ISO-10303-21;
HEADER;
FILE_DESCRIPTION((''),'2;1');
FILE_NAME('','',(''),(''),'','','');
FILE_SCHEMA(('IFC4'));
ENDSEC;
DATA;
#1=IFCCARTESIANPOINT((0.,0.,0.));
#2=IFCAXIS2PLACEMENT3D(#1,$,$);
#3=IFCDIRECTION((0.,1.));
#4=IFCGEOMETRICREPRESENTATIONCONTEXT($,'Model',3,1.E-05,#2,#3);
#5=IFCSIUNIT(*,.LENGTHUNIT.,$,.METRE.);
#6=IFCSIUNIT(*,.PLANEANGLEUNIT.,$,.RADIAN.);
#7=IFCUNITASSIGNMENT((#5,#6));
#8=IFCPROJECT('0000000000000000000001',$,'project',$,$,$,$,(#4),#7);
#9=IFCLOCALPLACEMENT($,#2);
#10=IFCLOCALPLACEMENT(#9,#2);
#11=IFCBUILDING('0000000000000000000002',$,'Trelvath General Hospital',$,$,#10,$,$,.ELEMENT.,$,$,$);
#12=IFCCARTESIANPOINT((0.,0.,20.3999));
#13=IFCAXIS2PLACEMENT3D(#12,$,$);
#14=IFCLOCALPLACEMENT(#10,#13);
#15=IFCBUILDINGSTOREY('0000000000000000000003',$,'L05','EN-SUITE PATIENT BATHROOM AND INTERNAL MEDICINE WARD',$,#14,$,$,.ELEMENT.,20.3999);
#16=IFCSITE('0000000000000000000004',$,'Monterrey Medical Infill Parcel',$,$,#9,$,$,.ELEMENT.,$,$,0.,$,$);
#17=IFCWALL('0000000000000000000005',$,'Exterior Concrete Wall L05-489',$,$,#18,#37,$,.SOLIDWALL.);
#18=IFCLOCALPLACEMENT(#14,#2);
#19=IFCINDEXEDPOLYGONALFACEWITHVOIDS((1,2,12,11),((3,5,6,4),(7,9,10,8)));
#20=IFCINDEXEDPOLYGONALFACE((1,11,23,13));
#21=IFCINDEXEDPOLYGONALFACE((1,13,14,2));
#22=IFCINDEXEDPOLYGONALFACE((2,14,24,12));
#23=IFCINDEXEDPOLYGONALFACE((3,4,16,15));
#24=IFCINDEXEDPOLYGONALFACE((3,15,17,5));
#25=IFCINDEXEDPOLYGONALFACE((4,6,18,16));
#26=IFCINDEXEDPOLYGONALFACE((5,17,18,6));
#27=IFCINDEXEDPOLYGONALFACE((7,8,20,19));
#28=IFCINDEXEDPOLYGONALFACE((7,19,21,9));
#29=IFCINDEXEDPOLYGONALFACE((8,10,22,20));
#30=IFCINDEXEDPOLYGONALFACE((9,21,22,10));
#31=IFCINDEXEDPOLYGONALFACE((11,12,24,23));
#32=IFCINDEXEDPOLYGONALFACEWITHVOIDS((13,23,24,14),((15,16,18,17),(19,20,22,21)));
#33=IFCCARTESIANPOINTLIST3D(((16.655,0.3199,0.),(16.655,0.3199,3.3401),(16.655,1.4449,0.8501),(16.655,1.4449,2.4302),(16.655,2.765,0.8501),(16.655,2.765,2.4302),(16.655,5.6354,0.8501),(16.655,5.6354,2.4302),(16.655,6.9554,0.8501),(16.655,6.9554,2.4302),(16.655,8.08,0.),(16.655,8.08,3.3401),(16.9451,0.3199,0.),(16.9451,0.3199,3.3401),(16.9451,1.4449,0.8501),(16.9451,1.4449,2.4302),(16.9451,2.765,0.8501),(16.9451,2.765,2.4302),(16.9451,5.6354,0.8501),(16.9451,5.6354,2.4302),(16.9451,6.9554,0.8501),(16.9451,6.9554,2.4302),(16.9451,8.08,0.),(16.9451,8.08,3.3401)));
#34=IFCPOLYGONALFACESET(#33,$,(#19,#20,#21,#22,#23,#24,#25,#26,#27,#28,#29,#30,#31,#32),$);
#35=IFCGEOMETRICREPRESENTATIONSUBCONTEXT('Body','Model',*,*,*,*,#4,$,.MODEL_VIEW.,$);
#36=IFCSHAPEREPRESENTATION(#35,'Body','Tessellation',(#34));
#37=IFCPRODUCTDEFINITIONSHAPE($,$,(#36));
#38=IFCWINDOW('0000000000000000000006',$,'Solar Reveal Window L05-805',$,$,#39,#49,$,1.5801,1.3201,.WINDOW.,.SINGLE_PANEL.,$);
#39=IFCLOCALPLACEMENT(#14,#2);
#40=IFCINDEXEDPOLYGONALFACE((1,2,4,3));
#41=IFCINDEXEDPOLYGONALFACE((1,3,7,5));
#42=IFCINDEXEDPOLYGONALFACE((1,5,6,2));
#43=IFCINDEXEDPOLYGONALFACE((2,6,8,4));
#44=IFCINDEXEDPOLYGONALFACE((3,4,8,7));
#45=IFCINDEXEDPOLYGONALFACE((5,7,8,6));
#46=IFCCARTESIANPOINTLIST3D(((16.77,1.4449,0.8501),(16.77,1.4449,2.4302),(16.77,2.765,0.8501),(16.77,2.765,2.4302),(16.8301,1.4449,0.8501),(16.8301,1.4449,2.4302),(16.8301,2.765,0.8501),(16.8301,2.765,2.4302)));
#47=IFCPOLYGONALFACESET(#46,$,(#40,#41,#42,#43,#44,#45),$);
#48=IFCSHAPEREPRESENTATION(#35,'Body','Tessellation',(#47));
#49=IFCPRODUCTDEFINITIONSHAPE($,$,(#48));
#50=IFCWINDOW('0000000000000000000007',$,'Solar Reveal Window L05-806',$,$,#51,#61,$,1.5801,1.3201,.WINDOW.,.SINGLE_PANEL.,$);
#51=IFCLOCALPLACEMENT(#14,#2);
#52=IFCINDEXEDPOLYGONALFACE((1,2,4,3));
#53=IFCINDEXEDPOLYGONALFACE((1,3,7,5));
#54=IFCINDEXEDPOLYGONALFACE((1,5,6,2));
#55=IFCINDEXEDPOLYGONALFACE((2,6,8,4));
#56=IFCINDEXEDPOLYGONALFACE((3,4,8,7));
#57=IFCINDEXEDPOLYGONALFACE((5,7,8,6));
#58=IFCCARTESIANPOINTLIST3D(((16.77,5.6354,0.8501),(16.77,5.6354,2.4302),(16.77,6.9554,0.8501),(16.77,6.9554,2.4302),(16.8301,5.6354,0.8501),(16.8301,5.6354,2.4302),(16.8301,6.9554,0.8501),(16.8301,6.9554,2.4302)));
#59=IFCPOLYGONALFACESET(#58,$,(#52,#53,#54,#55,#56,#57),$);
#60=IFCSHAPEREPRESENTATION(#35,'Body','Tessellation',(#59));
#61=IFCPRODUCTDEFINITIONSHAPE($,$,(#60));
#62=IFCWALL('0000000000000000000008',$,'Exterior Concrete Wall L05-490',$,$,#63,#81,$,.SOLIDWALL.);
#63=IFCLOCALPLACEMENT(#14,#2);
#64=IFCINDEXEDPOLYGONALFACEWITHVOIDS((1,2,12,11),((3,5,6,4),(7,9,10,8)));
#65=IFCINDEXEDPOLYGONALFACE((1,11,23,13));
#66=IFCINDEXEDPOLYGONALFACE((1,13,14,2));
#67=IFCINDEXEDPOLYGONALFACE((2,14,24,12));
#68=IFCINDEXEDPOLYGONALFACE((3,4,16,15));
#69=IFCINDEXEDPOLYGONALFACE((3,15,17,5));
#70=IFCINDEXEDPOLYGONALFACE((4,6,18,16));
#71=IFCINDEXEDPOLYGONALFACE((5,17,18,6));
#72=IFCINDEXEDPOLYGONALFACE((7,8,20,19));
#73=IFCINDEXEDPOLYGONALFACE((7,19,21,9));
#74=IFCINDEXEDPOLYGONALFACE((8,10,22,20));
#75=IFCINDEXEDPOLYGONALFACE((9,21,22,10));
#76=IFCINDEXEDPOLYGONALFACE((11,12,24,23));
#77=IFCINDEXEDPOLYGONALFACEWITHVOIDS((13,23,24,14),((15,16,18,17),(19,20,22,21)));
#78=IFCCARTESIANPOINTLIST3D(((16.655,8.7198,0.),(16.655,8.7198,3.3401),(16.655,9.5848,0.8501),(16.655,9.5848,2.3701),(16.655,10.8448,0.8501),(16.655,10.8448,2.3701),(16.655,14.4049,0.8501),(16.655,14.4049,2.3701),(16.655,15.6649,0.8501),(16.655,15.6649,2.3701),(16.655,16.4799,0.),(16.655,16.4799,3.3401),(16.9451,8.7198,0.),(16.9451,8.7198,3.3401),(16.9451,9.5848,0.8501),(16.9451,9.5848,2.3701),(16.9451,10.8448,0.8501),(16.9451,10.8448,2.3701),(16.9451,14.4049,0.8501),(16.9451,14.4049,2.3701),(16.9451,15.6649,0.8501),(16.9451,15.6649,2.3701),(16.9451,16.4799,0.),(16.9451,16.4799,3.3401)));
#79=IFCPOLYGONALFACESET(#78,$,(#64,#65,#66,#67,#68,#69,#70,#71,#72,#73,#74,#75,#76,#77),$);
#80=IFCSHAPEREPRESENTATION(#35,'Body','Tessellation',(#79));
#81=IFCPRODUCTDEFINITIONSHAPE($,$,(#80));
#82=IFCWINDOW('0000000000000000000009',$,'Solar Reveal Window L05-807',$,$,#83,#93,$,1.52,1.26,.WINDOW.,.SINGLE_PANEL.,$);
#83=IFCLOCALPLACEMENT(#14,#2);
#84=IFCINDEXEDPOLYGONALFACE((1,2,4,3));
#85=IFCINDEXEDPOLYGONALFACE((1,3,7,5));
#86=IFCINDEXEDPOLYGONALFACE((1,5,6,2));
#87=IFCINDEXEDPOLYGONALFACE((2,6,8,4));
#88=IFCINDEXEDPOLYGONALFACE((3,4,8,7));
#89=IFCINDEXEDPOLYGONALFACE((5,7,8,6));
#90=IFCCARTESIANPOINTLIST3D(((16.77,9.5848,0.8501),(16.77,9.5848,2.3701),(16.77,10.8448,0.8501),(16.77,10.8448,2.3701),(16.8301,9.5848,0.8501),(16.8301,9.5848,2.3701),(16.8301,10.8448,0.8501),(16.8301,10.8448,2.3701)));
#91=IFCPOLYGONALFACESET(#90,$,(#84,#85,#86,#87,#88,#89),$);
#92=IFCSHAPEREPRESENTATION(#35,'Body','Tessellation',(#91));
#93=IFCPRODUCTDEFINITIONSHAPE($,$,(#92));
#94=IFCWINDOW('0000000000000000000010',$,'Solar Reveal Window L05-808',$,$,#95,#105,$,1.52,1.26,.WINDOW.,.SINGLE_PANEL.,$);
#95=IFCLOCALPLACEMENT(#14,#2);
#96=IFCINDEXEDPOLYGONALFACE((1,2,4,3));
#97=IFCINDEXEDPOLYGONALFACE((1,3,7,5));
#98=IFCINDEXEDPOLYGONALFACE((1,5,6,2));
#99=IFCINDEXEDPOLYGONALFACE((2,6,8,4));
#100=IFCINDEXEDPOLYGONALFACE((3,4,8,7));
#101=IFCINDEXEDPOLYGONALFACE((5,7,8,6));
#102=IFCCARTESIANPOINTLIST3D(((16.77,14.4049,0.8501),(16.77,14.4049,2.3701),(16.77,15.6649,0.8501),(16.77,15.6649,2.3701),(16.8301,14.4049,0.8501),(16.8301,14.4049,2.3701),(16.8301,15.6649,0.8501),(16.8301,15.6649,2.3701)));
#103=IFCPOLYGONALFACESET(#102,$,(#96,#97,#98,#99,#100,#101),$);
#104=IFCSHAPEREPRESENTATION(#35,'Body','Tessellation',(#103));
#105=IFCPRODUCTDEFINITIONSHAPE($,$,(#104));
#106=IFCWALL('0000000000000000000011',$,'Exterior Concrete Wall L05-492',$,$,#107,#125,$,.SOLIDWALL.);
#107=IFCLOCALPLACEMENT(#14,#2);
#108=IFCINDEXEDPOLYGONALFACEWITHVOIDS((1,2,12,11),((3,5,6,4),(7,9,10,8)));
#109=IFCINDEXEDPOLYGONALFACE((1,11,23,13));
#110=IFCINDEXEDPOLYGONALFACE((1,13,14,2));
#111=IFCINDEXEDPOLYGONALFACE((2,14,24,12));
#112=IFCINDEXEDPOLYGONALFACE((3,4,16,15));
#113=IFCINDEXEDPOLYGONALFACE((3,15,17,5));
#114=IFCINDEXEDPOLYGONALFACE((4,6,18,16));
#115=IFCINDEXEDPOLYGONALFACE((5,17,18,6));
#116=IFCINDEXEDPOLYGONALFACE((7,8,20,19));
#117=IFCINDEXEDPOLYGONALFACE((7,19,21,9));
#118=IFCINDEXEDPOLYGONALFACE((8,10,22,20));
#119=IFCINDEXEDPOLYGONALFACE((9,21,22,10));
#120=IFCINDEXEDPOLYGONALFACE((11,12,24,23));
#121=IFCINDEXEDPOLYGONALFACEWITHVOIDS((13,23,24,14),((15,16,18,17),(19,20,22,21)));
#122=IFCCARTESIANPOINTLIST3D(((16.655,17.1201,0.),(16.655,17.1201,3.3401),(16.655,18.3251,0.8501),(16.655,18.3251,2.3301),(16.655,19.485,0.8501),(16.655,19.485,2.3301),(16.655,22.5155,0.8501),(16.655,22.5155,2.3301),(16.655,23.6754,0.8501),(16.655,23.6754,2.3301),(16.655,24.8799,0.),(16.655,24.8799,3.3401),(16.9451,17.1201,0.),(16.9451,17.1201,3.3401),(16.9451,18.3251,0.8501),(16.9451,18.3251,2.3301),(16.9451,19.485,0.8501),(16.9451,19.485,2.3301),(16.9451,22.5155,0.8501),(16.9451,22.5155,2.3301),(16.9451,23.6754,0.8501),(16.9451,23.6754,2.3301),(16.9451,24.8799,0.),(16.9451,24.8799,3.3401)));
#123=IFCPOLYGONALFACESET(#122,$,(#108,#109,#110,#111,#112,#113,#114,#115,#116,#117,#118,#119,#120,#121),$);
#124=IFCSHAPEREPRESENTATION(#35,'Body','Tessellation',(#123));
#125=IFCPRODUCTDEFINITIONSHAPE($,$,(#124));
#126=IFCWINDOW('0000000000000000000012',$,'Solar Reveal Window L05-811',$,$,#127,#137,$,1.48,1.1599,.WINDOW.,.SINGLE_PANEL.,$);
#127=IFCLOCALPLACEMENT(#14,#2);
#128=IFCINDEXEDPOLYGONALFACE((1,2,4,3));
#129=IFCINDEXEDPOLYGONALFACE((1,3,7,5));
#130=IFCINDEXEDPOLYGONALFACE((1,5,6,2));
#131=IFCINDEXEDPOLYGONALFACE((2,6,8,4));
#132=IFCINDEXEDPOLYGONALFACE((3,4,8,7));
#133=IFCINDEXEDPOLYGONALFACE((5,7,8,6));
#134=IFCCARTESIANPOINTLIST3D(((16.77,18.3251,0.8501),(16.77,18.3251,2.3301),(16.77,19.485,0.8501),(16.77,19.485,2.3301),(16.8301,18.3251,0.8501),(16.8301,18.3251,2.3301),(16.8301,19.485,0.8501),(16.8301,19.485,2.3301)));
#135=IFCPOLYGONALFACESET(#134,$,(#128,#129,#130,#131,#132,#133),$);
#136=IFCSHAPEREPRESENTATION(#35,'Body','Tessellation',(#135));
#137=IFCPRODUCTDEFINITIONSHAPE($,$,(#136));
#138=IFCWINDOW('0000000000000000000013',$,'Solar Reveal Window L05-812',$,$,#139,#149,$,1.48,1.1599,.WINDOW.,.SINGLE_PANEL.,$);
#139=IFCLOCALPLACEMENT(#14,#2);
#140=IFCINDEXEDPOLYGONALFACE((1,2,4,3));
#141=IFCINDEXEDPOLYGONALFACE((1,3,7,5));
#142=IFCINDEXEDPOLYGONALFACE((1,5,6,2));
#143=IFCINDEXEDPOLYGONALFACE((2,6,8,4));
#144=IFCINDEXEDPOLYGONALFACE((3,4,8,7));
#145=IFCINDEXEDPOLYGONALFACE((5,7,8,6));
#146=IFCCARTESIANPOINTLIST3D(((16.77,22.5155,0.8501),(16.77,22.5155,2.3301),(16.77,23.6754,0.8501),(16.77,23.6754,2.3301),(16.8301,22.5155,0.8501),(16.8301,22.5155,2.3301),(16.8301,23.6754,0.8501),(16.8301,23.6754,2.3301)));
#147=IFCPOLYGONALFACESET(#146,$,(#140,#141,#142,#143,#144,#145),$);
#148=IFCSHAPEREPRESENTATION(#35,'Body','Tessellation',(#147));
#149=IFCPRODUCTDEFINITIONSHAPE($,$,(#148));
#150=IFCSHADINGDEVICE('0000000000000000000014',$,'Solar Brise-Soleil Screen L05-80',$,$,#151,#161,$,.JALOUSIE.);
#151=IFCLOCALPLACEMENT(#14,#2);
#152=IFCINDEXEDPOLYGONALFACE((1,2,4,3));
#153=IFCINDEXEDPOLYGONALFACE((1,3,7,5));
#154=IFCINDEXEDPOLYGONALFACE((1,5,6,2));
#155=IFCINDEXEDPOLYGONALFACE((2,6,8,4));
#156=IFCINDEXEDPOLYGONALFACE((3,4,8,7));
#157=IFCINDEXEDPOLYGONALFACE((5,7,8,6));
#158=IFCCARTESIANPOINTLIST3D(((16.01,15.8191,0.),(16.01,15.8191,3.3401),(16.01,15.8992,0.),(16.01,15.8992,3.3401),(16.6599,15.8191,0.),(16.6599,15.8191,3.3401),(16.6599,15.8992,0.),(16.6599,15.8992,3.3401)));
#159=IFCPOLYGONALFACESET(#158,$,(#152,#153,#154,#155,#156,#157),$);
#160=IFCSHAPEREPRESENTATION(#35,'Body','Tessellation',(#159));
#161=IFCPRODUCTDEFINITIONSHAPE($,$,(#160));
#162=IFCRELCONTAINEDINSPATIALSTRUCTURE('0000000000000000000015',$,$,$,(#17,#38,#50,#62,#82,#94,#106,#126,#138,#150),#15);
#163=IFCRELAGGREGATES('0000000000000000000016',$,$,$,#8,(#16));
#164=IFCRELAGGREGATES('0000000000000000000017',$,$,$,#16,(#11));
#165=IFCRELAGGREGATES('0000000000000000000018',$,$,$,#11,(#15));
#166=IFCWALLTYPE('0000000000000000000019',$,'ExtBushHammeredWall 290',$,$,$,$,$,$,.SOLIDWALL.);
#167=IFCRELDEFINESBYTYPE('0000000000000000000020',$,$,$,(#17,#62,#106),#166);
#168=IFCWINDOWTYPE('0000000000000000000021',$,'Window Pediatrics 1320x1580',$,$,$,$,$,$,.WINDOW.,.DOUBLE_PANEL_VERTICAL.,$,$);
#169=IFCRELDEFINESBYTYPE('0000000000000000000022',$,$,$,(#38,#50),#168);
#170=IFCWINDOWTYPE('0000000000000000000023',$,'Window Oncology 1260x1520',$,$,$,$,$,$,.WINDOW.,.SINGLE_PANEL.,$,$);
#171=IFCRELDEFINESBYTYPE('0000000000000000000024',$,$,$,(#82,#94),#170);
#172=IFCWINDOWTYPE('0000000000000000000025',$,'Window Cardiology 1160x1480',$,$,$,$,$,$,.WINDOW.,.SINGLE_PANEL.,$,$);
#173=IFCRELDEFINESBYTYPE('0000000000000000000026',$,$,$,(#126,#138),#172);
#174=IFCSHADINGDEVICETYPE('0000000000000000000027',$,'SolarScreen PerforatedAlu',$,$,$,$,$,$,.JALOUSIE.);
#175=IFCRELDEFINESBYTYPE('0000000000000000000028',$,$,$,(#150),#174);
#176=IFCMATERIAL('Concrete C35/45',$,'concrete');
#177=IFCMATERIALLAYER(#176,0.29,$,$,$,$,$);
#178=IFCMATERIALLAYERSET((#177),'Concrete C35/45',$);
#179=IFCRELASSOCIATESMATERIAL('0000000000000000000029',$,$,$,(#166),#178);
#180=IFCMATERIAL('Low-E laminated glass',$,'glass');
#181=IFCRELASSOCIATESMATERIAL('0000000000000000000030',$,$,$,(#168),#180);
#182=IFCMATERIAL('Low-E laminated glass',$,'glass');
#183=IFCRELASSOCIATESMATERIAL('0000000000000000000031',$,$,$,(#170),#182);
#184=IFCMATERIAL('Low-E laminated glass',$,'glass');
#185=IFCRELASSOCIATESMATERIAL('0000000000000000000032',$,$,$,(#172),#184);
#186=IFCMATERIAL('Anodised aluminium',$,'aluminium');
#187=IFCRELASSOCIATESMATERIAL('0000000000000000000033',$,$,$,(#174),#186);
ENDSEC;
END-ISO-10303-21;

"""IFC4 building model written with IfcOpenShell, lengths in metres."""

from ifc_helpers import new_model, si_unit, direction, frame, frame_2d, origin, origin_2d, place, context, subcontext, project, spatial, rectangle, extrude, material, layer, layer_set, type_object, element, fill, save


model = new_model("IFC4")

# Units and contexts
model_context = context("Model", 3, precision=1e-05, world=origin(), true_north=direction((0.0, 1.0)))
body_context = subcontext(model_context, "Body", "Model", "MODEL_VIEW")
ifc_project = project(units=[si_unit("LENGTHUNIT", "METRE"), si_unit("PLANEANGLEUNIT", "RADIAN")], contexts=[model_context])

# Site, building, storey
site_placement = place(None, origin())
site = spatial("IfcSite", under=ifc_project, at=site_placement, Name="Monterrey Medical Infill Parcel", CompositionType="ELEMENT", RefElevation=0.0)
building_placement = place(site_placement, origin())
building = spatial("IfcBuilding", under=site, at=building_placement, Name="Trelvath General Hospital", CompositionType="ELEMENT")
storey_placement = place(building_placement, frame((0.0, 0.0, 20.3999)))
storey = spatial("IfcBuildingStorey", under=building, at=storey_placement, Name="L05", Description="EN-SUITE PATIENT BATHROOM AND INTERNAL MEDICINE WARD", CompositionType="ELEMENT", Elevation=20.3999)

# Walls, openings, windows
ifc_material_1 = material(Name="Concrete C35/45", Category="concrete")
ifc_layer_1 = layer(ifc_material_1, 0.29)
ifc_layer_set_1 = layer_set([ifc_layer_1], Name="Concrete C35/45")
wall_type_1 = type_object("IfcWallType", Name="ExtBushHammeredWall 290", PredefinedType="SOLIDWALL", material=ifc_layer_set_1)
wall_1_placement = place(storey_placement, frame((16.8, 0.3201, 0.0), z_axis=(0.0, 0.0, 1.0), x_axis=(0.0, 1.0, 0.0)))
wall_1 = element("IfcWall", 1, at=wall_1_placement, inside=storey, type_object=wall_type_1, Name="Exterior Concrete Wall L05-489", PredefinedType="SOLIDWALL", context=body_context, shape_type="SweptSolid", body=[
    extrude(rectangle(XDim=7.76, YDim=0.29, at=frame_2d((3.8799, 0.0))), origin(), (0.0, 0.0, 1.0), 3.3401),
])
opening_1_placement = place(wall_1_placement, frame((1.1248, 0.0, 0.8501)))
opening_1 = element("IfcOpeningElement", 2, at=opening_1_placement, cuts=wall_1, PredefinedType="OPENING", context=body_context, shape_type="SweptSolid", body=[
    extrude(rectangle(XDim=1.3201, YDim=1.5801, at=frame_2d((0.6602, 0.79))), frame((0.0, 0.155, 0.0), z_axis=(0.0, -1.0, 0.0), x_axis=(1.0, 0.0, 0.0)), (0.0, 0.0, 1.0), 0.3101),
])
opening_2_placement = place(wall_1_placement, frame((5.3152, 0.0, 0.8501)))
opening_2 = element("IfcOpeningElement", 3, at=opening_2_placement, cuts=wall_1, PredefinedType="OPENING", context=body_context, shape_type="SweptSolid", body=[
    extrude(rectangle(XDim=1.3201, YDim=1.5801, at=frame_2d((0.6602, 0.79))), frame((0.0, 0.155, 0.0), z_axis=(0.0, -1.0, 0.0), x_axis=(1.0, 0.0, 0.0)), (0.0, 0.0, 1.0), 0.3101),
])
ifc_material_2 = material(Name="Low-E laminated glass", Category="glass")
window_type_1 = type_object("IfcWindowType", Name="Window Pediatrics 1320x1580", PartitioningType="DOUBLE_PANEL_VERTICAL", PredefinedType="WINDOW", material=ifc_material_2)
window_1_placement = place(opening_1_placement, origin())
window_1 = element("IfcWindow", 4, at=window_1_placement, inside=storey, type_object=window_type_1, Name="Solar Reveal Window L05-805", OverallHeight=1.5801, OverallWidth=1.3201, PartitioningType="SINGLE_PANEL", PredefinedType="WINDOW", context=body_context, shape_type="SweptSolid", body=[
    extrude(rectangle(XDim=1.3201, YDim=1.5801, at=frame_2d((0.6602, 0.79))), frame((0.0, 0.03, 0.0), z_axis=(0.0, -1.0, 0.0), x_axis=(1.0, 0.0, 0.0)), (0.0, 0.0, 1.0), 0.0601),
])
fill(opening_1, window_1)
window_2_placement = place(opening_2_placement, origin())
window_2 = element("IfcWindow", 5, at=window_2_placement, inside=storey, type_object=window_type_1, Name="Solar Reveal Window L05-806", OverallHeight=1.5801, OverallWidth=1.3201, PartitioningType="SINGLE_PANEL", PredefinedType="WINDOW", context=body_context, shape_type="SweptSolid", body=[
    extrude(rectangle(XDim=1.3201, YDim=1.5801, at=frame_2d((0.6602, 0.79))), frame((0.0, 0.03, 0.0), z_axis=(0.0, -1.0, 0.0), x_axis=(1.0, 0.0, 0.0)), (0.0, 0.0, 1.0), 0.0601),
])
fill(opening_2, window_2)
wall_2_placement = place(storey_placement, frame((16.8, 8.72, 0.0), z_axis=(0.0, 0.0, 1.0), x_axis=(0.0, 1.0, 0.0)))
wall_2 = element("IfcWall", 6, at=wall_2_placement, inside=storey, type_object=wall_type_1, Name="Exterior Concrete Wall L05-490", PredefinedType="SOLIDWALL", context=body_context, shape_type="SweptSolid", body=[
    extrude(rectangle(XDim=7.76, YDim=0.29, at=frame_2d((3.8799, 0.0))), origin(), (0.0, 0.0, 1.0), 3.3401),
])
opening_3_placement = place(wall_2_placement, frame((0.865, 0.0, 0.8501)))
opening_3 = element("IfcOpeningElement", 7, at=opening_3_placement, cuts=wall_2, PredefinedType="OPENING", context=body_context, shape_type="SweptSolid", body=[
    extrude(rectangle(XDim=1.26, YDim=1.52, at=frame_2d((0.6299, 0.76))), frame((0.0, 0.155, 0.0), z_axis=(0.0, -1.0, 0.0), x_axis=(1.0, 0.0, 0.0)), (0.0, 0.0, 1.0), 0.3101),
])
opening_4_placement = place(wall_2_placement, frame((5.6851, 0.0, 0.8501)))
opening_4 = element("IfcOpeningElement", 8, at=opening_4_placement, cuts=wall_2, PredefinedType="OPENING", context=body_context, shape_type="SweptSolid", body=[
    extrude(rectangle(XDim=1.26, YDim=1.52, at=frame_2d((0.6299, 0.76))), frame((0.0, 0.155, 0.0), z_axis=(0.0, -1.0, 0.0), x_axis=(1.0, 0.0, 0.0)), (0.0, 0.0, 1.0), 0.3101),
])
ifc_material_3 = material(Name="Low-E laminated glass", Category="glass")
window_type_2 = type_object("IfcWindowType", Name="Window Oncology 1260x1520", PartitioningType="SINGLE_PANEL", PredefinedType="WINDOW", material=ifc_material_3)
window_3_placement = place(opening_3_placement, origin())
window_3 = element("IfcWindow", 9, at=window_3_placement, inside=storey, type_object=window_type_2, Name="Solar Reveal Window L05-807", OverallHeight=1.52, OverallWidth=1.26, PartitioningType="SINGLE_PANEL", PredefinedType="WINDOW", context=body_context, shape_type="SweptSolid", body=[
    extrude(rectangle(XDim=1.26, YDim=1.52, at=frame_2d((0.6299, 0.76))), frame((0.0, 0.03, 0.0), z_axis=(0.0, -1.0, 0.0), x_axis=(1.0, 0.0, 0.0)), (0.0, 0.0, 1.0), 0.0601),
])
fill(opening_3, window_3)
window_4_placement = place(opening_4_placement, origin())
window_4 = element("IfcWindow", 10, at=window_4_placement, inside=storey, type_object=window_type_2, Name="Solar Reveal Window L05-808", OverallHeight=1.52, OverallWidth=1.26, PartitioningType="SINGLE_PANEL", PredefinedType="WINDOW", context=body_context, shape_type="SweptSolid", body=[
    extrude(rectangle(XDim=1.26, YDim=1.52, at=frame_2d((0.6299, 0.76))), frame((0.0, 0.03, 0.0), z_axis=(0.0, -1.0, 0.0), x_axis=(1.0, 0.0, 0.0)), (0.0, 0.0, 1.0), 0.0601),
])
fill(opening_4, window_4)
wall_3_placement = place(storey_placement, frame((16.8, 17.1201, 0.0), z_axis=(0.0, 0.0, 1.0), x_axis=(0.0, 1.0, 0.0)))
wall_3 = element("IfcWall", 11, at=wall_3_placement, inside=storey, type_object=wall_type_1, Name="Exterior Concrete Wall L05-492", PredefinedType="SOLIDWALL", context=body_context, shape_type="SweptSolid", body=[
    extrude(rectangle(XDim=7.7598, YDim=0.29, at=frame_2d((3.8799, 0.0))), origin(), (0.0, 0.0, 1.0), 3.3401),
])
opening_5_placement = place(wall_3_placement, frame((1.2048, 0.0, 0.8501)))
opening_5 = element("IfcOpeningElement", 12, at=opening_5_placement, cuts=wall_3, PredefinedType="OPENING", context=body_context, shape_type="SweptSolid", body=[
    extrude(rectangle(XDim=1.1599, YDim=1.48, at=frame_2d((0.5801, 0.74))), frame((0.0, 0.155, 0.0), z_axis=(0.0, -1.0, 0.0), x_axis=(1.0, 0.0, 0.0)), (0.0, 0.0, 1.0), 0.3101),
])
opening_6_placement = place(wall_3_placement, frame((5.3953, 0.0, 0.8501)))
opening_6 = element("IfcOpeningElement", 13, at=opening_6_placement, cuts=wall_3, PredefinedType="OPENING", context=body_context, shape_type="SweptSolid", body=[
    extrude(rectangle(XDim=1.1599, YDim=1.48, at=frame_2d((0.5801, 0.74))), frame((0.0, 0.155, 0.0), z_axis=(0.0, -1.0, 0.0), x_axis=(1.0, 0.0, 0.0)), (0.0, 0.0, 1.0), 0.3101),
])
ifc_material_4 = material(Name="Low-E laminated glass", Category="glass")
window_type_3 = type_object("IfcWindowType", Name="Window Cardiology 1160x1480", PartitioningType="SINGLE_PANEL", PredefinedType="WINDOW", material=ifc_material_4)
window_5_placement = place(opening_5_placement, origin())
window_5 = element("IfcWindow", 14, at=window_5_placement, inside=storey, type_object=window_type_3, Name="Solar Reveal Window L05-811", OverallHeight=1.48, OverallWidth=1.1599, PartitioningType="SINGLE_PANEL", PredefinedType="WINDOW", context=body_context, shape_type="SweptSolid", body=[
    extrude(rectangle(XDim=1.1599, YDim=1.48, at=frame_2d((0.5801, 0.74))), frame((0.0, 0.03, 0.0), z_axis=(0.0, -1.0, 0.0), x_axis=(1.0, 0.0, 0.0)), (0.0, 0.0, 1.0), 0.0601),
])
fill(opening_5, window_5)
window_6_placement = place(opening_6_placement, origin())
window_6 = element("IfcWindow", 15, at=window_6_placement, inside=storey, type_object=window_type_3, Name="Solar Reveal Window L05-812", OverallHeight=1.48, OverallWidth=1.1599, PartitioningType="SINGLE_PANEL", PredefinedType="WINDOW", context=body_context, shape_type="SweptSolid", body=[
    extrude(rectangle(XDim=1.1599, YDim=1.48, at=frame_2d((0.5801, 0.74))), frame((0.0, 0.03, 0.0), z_axis=(0.0, -1.0, 0.0), x_axis=(1.0, 0.0, 0.0)), (0.0, 0.0, 1.0), 0.0601),
])
fill(opening_6, window_6)

# Shading device
ifc_material_5 = material(Name="Anodised aluminium", Category="aluminium")
shading_device_type = type_object("IfcShadingDeviceType", Name="SolarScreen PerforatedAlu", PredefinedType="JALOUSIE", material=ifc_material_5)
shading_device_placement = place(storey_placement, frame((16.335, 15.8591, 0.0), z_axis=(0.0, 0.0, 1.0), x_axis=(-1.0, 0.0, 0.0)))
element("IfcShadingDevice", 16, at=shading_device_placement, inside=storey, type_object=shading_device_type, Name="Solar Brise-Soleil Screen L05-80", PredefinedType="JALOUSIE", context=body_context, shape_type="SweptSolid", body=[
    extrude(rectangle(XDim=0.6499, YDim=0.0801, at=origin_2d()), origin(), (0.0, 0.0, 1.0), 3.3401),
])

save(model, "model.ifc")
